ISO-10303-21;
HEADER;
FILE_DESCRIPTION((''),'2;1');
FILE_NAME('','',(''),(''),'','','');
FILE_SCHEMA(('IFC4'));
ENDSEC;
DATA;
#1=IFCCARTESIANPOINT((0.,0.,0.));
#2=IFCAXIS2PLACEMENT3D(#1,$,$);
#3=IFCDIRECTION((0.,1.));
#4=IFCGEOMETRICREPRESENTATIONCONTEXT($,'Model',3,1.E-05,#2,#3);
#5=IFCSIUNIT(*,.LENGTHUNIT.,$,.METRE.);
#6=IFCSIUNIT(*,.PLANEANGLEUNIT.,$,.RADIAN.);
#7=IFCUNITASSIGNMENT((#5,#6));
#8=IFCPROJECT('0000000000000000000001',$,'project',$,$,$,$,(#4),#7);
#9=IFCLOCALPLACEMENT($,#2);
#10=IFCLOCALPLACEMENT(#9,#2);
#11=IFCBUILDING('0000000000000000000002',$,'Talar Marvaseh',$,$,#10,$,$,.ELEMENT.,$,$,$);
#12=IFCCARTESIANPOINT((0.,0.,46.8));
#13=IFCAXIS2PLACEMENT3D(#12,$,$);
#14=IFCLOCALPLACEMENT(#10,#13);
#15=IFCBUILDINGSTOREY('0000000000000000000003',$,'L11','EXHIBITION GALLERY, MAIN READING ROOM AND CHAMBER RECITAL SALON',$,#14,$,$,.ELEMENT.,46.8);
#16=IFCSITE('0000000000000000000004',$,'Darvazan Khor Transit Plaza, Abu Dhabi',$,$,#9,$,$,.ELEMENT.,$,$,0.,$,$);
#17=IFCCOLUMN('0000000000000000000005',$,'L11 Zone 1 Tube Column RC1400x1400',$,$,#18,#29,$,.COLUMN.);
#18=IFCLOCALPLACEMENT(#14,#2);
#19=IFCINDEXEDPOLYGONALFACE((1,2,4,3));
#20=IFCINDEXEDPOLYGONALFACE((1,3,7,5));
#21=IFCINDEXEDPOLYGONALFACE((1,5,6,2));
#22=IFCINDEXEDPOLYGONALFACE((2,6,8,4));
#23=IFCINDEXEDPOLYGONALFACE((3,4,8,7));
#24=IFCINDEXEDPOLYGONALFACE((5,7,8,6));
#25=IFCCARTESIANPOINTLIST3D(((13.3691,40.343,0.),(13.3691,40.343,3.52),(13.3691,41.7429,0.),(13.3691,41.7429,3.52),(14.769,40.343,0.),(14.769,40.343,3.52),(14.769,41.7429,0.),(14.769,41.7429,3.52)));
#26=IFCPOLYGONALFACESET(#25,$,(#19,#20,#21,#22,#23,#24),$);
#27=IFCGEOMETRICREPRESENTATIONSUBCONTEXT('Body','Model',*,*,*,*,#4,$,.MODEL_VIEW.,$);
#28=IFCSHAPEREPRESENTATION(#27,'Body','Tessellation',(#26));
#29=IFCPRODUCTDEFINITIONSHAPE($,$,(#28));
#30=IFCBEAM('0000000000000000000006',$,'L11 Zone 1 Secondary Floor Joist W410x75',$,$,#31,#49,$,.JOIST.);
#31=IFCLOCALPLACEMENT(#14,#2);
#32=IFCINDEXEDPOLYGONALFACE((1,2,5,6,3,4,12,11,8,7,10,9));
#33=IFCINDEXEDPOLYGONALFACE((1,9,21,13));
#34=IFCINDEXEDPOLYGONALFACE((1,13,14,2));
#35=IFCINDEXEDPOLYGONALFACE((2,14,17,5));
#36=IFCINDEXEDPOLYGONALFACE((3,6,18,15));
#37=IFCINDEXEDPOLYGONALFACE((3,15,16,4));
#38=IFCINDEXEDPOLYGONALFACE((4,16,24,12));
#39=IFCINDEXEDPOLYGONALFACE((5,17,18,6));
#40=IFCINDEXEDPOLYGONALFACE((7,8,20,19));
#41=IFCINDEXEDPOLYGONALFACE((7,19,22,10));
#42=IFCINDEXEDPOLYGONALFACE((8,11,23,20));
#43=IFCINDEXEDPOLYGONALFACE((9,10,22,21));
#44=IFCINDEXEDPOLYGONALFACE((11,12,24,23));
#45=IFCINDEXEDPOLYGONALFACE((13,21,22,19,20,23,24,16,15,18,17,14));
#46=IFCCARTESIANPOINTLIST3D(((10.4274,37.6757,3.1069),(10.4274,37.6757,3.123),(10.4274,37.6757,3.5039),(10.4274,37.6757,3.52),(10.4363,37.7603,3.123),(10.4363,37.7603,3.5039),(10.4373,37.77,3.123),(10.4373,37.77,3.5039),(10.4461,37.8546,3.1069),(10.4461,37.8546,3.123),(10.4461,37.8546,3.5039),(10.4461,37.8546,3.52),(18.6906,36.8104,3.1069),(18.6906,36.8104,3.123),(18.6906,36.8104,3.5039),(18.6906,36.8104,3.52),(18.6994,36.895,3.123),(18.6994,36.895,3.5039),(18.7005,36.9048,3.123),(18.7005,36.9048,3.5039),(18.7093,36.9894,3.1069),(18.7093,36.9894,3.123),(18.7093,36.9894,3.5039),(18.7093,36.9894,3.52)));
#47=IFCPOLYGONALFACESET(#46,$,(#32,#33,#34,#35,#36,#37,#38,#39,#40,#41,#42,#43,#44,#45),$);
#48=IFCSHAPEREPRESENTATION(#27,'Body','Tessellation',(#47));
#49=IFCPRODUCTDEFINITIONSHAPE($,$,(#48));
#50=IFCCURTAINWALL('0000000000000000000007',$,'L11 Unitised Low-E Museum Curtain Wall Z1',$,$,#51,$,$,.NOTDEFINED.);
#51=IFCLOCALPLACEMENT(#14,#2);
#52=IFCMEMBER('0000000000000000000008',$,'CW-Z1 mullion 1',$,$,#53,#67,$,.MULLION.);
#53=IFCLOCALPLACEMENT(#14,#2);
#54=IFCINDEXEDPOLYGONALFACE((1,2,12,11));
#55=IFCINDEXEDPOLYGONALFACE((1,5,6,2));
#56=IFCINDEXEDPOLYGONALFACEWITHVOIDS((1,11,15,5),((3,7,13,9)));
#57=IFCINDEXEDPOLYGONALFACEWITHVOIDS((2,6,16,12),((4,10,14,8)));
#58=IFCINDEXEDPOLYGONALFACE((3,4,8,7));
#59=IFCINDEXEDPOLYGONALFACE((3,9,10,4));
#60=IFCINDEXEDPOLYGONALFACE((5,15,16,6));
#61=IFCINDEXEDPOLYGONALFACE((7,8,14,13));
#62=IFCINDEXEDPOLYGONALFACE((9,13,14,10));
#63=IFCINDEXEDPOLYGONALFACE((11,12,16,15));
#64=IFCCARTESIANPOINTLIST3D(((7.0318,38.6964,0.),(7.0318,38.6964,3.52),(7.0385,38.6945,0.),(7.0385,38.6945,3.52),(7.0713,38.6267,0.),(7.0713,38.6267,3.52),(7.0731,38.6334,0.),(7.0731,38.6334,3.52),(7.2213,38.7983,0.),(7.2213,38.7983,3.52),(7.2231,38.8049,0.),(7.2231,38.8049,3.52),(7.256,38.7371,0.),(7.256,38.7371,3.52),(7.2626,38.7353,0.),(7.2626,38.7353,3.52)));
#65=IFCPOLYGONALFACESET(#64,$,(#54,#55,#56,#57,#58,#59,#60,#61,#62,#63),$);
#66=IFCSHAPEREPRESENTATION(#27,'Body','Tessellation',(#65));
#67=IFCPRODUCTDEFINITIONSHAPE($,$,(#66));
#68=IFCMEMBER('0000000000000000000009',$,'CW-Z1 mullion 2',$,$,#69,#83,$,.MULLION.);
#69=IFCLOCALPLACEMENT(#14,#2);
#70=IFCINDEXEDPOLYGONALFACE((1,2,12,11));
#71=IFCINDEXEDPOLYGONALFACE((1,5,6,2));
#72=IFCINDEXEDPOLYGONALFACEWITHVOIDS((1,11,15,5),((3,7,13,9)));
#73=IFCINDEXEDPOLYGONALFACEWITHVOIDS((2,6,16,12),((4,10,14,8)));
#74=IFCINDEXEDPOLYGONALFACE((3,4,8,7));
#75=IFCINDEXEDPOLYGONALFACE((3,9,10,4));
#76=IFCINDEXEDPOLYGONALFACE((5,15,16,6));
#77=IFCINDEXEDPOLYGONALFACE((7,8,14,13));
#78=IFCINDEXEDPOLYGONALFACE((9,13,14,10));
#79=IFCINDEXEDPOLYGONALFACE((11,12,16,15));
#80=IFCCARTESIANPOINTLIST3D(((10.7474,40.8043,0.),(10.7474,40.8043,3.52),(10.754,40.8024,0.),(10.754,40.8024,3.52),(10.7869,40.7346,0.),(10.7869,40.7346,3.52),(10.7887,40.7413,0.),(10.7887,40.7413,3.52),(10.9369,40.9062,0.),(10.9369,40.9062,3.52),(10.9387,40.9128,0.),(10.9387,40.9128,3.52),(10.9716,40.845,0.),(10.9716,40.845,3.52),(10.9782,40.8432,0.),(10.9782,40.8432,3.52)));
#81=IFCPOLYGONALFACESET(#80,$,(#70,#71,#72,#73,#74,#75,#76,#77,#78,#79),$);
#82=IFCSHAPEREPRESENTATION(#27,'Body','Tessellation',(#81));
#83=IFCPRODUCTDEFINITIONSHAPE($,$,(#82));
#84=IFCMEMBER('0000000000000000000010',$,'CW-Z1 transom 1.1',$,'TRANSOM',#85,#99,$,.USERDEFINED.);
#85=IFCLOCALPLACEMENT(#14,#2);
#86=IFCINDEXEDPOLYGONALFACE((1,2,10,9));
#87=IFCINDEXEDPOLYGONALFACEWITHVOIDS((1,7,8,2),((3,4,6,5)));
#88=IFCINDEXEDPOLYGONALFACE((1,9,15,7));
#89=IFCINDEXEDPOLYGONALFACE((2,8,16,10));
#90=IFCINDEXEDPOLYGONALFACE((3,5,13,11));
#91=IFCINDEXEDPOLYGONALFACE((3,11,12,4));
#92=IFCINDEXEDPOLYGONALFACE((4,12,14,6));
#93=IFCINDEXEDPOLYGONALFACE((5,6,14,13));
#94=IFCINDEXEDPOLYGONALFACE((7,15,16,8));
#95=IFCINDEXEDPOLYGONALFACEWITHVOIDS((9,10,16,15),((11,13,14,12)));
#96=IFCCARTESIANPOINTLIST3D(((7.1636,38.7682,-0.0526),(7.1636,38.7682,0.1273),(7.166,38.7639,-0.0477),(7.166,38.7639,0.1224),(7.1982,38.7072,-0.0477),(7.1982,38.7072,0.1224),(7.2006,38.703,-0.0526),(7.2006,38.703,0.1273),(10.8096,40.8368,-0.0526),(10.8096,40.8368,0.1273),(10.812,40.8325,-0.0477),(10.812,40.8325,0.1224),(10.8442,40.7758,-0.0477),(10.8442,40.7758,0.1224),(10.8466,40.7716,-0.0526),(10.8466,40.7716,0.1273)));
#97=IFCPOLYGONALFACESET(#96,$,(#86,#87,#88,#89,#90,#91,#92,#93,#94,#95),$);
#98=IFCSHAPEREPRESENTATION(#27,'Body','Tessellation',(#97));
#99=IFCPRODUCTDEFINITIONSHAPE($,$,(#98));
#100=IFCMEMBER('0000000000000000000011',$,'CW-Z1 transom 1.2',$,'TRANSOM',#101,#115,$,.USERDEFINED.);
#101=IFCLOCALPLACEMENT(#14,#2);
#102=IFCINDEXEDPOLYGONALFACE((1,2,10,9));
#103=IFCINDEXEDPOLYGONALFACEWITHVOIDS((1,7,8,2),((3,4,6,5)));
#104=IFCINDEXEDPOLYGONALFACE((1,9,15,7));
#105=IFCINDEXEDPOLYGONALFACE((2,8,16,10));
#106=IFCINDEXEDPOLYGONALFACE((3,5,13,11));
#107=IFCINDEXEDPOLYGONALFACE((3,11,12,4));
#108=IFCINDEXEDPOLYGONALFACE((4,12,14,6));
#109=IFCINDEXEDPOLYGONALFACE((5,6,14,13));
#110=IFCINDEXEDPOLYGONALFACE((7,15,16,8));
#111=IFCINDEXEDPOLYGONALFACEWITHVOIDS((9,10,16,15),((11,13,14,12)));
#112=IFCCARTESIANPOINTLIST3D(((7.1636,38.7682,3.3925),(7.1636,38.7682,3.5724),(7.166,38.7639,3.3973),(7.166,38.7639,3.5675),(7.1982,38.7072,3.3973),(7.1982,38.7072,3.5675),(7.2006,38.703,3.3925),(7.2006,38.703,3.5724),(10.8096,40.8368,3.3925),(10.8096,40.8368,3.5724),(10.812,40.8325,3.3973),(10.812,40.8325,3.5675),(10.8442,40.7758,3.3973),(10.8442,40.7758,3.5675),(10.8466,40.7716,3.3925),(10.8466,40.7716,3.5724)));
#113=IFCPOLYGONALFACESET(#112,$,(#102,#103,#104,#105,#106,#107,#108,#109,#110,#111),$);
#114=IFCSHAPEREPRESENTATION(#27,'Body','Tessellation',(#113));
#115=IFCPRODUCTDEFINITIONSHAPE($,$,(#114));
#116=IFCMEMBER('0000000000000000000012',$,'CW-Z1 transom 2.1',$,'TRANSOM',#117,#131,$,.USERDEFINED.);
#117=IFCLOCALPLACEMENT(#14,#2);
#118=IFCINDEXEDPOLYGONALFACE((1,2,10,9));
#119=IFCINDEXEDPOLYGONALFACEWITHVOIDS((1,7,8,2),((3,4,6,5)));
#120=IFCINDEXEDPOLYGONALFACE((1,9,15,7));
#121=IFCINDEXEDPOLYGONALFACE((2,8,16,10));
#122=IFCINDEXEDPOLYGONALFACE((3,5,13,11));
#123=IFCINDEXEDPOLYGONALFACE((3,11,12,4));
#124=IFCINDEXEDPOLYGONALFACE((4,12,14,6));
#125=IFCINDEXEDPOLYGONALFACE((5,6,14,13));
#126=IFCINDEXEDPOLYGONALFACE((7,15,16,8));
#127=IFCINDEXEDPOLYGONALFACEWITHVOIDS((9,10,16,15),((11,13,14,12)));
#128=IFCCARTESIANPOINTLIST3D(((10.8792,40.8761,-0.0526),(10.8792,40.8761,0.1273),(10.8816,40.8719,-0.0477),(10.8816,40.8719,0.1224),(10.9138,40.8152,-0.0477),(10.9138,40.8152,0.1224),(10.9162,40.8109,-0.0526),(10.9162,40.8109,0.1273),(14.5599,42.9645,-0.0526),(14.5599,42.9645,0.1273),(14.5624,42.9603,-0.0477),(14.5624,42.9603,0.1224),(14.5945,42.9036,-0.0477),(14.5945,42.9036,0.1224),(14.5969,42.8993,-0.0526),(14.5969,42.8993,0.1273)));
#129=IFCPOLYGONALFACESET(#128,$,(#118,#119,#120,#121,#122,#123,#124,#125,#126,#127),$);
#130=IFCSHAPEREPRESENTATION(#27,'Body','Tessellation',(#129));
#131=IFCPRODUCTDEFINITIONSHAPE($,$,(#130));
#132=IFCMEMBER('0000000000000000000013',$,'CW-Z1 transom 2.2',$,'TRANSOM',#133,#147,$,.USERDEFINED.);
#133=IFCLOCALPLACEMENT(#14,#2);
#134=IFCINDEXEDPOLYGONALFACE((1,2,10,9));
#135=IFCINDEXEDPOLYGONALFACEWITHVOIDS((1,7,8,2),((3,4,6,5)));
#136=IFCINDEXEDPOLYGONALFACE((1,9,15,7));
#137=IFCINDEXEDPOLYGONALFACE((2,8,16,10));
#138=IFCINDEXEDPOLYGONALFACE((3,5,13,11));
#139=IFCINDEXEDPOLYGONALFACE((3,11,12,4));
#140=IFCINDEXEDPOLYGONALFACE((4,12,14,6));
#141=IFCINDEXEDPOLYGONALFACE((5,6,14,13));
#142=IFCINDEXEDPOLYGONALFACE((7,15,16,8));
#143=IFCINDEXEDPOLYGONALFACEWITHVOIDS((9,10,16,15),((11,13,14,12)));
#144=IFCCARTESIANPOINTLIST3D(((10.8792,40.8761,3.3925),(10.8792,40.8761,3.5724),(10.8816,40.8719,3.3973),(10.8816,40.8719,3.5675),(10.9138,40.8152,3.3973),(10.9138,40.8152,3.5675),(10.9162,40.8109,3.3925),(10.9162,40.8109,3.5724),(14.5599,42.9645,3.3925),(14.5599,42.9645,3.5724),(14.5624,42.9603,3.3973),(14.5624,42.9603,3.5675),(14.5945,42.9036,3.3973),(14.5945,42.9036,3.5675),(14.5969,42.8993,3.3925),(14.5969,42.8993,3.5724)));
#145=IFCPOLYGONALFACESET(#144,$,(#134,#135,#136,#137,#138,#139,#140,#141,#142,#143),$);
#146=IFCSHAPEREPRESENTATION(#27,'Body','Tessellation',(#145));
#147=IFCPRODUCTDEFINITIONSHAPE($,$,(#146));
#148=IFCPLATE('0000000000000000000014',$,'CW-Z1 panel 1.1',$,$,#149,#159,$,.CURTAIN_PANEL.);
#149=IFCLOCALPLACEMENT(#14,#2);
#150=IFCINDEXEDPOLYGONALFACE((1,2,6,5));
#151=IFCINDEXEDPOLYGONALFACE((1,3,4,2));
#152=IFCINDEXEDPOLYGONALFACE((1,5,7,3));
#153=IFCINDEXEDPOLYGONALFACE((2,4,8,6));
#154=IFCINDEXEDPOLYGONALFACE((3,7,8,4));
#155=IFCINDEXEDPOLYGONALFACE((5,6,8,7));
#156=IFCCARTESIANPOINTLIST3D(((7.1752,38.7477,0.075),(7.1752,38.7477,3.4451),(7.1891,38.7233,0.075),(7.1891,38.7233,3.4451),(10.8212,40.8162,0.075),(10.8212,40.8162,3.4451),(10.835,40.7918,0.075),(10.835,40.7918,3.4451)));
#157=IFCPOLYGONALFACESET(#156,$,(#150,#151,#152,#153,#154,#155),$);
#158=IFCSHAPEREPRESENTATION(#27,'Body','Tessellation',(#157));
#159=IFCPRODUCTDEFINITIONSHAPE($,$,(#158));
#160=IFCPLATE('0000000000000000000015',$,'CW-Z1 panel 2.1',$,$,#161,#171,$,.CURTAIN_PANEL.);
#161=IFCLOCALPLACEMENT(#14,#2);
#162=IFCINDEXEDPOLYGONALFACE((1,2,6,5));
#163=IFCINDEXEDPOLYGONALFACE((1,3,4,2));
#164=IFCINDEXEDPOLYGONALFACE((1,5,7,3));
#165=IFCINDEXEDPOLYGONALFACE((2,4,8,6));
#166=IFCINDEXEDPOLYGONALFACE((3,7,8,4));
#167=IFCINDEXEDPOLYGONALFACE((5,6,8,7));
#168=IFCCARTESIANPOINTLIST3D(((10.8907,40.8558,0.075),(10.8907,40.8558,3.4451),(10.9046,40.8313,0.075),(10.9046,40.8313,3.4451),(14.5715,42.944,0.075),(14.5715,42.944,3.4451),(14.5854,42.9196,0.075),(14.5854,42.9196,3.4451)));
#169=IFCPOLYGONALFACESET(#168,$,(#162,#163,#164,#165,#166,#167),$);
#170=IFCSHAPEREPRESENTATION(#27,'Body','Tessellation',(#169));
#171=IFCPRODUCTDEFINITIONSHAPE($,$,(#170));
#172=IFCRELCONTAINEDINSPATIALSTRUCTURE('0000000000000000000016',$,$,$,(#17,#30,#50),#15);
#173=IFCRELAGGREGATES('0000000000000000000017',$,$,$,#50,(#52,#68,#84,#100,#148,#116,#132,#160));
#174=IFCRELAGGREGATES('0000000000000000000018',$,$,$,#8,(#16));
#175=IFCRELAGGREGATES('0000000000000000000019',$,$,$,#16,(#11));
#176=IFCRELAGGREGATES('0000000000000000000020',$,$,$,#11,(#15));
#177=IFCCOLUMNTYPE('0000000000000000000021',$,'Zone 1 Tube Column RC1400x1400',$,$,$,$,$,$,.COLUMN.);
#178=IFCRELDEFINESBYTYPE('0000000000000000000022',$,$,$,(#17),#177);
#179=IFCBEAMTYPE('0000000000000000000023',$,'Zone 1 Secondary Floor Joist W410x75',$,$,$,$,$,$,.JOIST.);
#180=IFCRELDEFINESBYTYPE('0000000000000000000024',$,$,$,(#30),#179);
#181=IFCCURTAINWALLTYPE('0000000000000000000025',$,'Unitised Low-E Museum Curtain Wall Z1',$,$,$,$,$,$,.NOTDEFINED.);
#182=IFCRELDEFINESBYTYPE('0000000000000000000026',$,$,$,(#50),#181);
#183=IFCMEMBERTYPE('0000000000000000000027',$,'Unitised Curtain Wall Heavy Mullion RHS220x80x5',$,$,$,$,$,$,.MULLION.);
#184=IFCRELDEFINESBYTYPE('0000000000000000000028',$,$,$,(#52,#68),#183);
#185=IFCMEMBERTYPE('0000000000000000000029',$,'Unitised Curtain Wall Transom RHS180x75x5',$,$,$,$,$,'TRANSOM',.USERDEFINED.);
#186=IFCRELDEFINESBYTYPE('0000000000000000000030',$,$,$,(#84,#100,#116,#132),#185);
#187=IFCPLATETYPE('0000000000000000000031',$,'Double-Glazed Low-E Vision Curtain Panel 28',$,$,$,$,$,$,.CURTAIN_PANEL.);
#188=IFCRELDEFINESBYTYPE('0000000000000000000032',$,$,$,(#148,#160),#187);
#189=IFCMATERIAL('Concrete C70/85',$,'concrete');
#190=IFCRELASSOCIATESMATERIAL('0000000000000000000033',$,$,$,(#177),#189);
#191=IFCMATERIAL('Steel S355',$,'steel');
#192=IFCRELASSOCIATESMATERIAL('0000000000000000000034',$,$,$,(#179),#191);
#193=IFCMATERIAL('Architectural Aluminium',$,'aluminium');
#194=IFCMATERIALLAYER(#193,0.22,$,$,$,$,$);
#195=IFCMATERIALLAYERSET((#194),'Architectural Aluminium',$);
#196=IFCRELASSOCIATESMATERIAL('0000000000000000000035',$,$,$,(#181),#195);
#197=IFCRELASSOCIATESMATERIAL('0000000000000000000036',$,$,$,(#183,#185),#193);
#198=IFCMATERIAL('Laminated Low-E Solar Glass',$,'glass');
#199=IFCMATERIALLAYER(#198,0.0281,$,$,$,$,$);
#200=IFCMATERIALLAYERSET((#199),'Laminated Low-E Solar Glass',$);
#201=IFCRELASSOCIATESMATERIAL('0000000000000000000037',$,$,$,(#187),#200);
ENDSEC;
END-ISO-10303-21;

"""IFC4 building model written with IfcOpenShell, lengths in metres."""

from ifc_helpers import new_model, si_unit, direction, frame, origin, origin_2d, place, context, subcontext, project, spatial, rectangle, hollow_rectangle, i_section, extrude, source, transform, mapped, material, layer, layer_set, material_profile, profile_set, type_object, type_shapes, element, aggregate, save


model = new_model("IFC4")

# Units and contexts
model_context = context("Model", 3, precision=1e-05, world=origin(), true_north=direction((0.0, 1.0)))
body_context = subcontext(model_context, "Body", "Model", "MODEL_VIEW")
ifc_project = project(units=[si_unit("LENGTHUNIT", "METRE"), si_unit("PLANEANGLEUNIT", "RADIAN")], contexts=[model_context])

# Site, building, storey
site_placement = place(None, origin())
site = spatial("IfcSite", under=ifc_project, at=site_placement, Name="Darvazan Khor Transit Plaza, Abu Dhabi", CompositionType="ELEMENT", RefElevation=0.0)
building_placement = place(site_placement, origin())
building = spatial("IfcBuilding", under=site, at=building_placement, Name="Talar Marvaseh", CompositionType="ELEMENT")
storey_placement = place(building_placement, frame((0.0, 0.0, 46.8)))
storey = spatial("IfcBuildingStorey", under=building, at=storey_placement, Name="L11", Description="EXHIBITION GALLERY, MAIN READING ROOM AND CHAMBER RECITAL SALON", CompositionType="ELEMENT", Elevation=46.8)

# Column
ifc_material_1 = material(Name="Concrete C70/85", Category="concrete")
ifc_material_profile_1 = material_profile(ifc_material_1, rectangle(XDim=1.3999, YDim=1.3999, at=origin_2d()), Name="RC1400x1400")
ifc_profile_set_1 = profile_set([ifc_material_profile_1], Name="Concrete C70/85")
column_type = type_object("IfcColumnType", Name="Zone 1 Tube Column RC1400x1400", PredefinedType="COLUMN", material=ifc_profile_set_1)
column_placement = place(storey_placement, frame((14.0691, 41.043, 0.0), z_axis=(0.0, 0.0, 1.0), x_axis=(1.0, 0.0, 0.0)))
element("IfcColumn", 1, at=column_placement, inside=storey, type_object=column_type, Name="L11 Zone 1 Tube Column RC1400x1400", PredefinedType="COLUMN", context=body_context, shape_type="SweptSolid", body=[
    extrude(rectangle(XDim=1.3999, YDim=1.3999, at=origin_2d()), origin(), (0.0, 0.0, 1.0), 3.52),
])

# Beam
ifc_material_2 = material(Name="Steel S355", Category="steel")
ifc_material_profile_2 = material_profile(ifc_material_2, i_section(OverallWidth=0.1799, OverallDepth=0.4131, WebThickness=0.0098, FlangeThickness=0.0161, at=origin_2d()), Name="W410x75")
ifc_profile_set_2 = profile_set([ifc_material_profile_2], Name="Steel S355")
beam_type = type_object("IfcBeamType", Name="Zone 1 Secondary Floor Joist W410x75", PredefinedType="JOIST", material=ifc_profile_set_2)
beam_placement = place(storey_placement, frame((10.4368, 37.7651, 3.3135), z_axis=(0.994563, -0.10414, 0.0), x_axis=(0.10414, 0.994563, 0.0)))
element("IfcBeam", 2, at=beam_placement, inside=storey, type_object=beam_type, Name="L11 Zone 1 Secondary Floor Joist W410x75", PredefinedType="JOIST", context=body_context, shape_type="SweptSolid", body=[
    extrude(i_section(OverallWidth=0.1799, OverallDepth=0.4131, WebThickness=0.0098, FlangeThickness=0.0161, at=origin_2d()), origin(), (0.0, 0.0, 1.0), 8.3083),
])

# Curtain wall, members, plates
ifc_material_3 = material(Name="Architectural Aluminium", Category="aluminium")
ifc_layer_1 = layer(ifc_material_3, 0.22)
ifc_layer_set_1 = layer_set([ifc_layer_1], Name="Architectural Aluminium")
curtain_wall_type = type_object("IfcCurtainWallType", Name="Unitised Low-E Museum Curtain Wall Z1", PredefinedType="NOTDEFINED", material=ifc_layer_set_1)
curtain_wall_placement = place(storey_placement, origin())
curtain_wall = element("IfcCurtainWall", 3, at=curtain_wall_placement, inside=storey, type_object=curtain_wall_type, Name="L11 Unitised Low-E Museum Curtain Wall Z1", PredefinedType="NOTDEFINED")
ifc_material_profile_3 = material_profile(ifc_material_3, hollow_rectangle(XDim=0.0801, YDim=0.22, WallThickness=0.0049, at=origin_2d()), Name="RHS220x80x5")
ifc_profile_set_3 = profile_set([ifc_material_profile_3], Name="Architectural Aluminium")
member_type_1 = type_object("IfcMemberType", Name="Unitised Curtain Wall Heavy Mullion RHS220x80x5", PredefinedType="MULLION", material=ifc_profile_set_3)
shared_shape_1 = source(origin(), body_context, "Body", "SweptSolid", [
    extrude(hollow_rectangle(XDim=0.0801, YDim=0.22, WallThickness=0.0049, at=origin_2d()), origin(), (0.0, 0.0, 1.0), 3.52),
])
type_shapes(member_type_1, [shared_shape_1])
member_1_placement = place(storey_placement, frame((7.1472, 38.7158, 0.0), z_axis=(0.0, 0.0, 1.0), x_axis=(-0.493456, 0.869771, 0.0)))
member_1 = element("IfcMember", 4, at=member_1_placement, type_object=member_type_1, Name="CW-Z1 mullion 1", PredefinedType="MULLION", context=body_context, shape_type="MappedRepresentation", body=[
    mapped(shared_shape_1, transform((0.0, 0.0, 0.0), x_axis=(1.0, 0.0, 0.0), y_axis=(0.0, 1.0, 0.0), z_axis=(0.0, 0.0, 1.0), scale=1.0)),
])
member_2_placement = place(storey_placement, frame((10.8628, 40.8237, 0.0), z_axis=(0.0, 0.0, 1.0), x_axis=(-0.493456, 0.869771, 0.0)))
member_2 = element("IfcMember", 5, at=member_2_placement, type_object=member_type_1, Name="CW-Z1 mullion 2", PredefinedType="MULLION", context=body_context, shape_type="MappedRepresentation", body=[
    mapped(shared_shape_1, transform((0.0, 0.0, 0.0), x_axis=(1.0, 0.0, 0.0), y_axis=(0.0, 1.0, 0.0), z_axis=(0.0, 0.0, 1.0), scale=1.0)),
])
ifc_material_profile_4 = material_profile(ifc_material_3, hollow_rectangle(XDim=0.075, YDim=0.1799, WallThickness=0.0049, at=origin_2d()), Name="RHS180x75x5")
ifc_profile_set_4 = profile_set([ifc_material_profile_4], Name="Architectural Aluminium")
member_type_2 = type_object("IfcMemberType", Name="Unitised Curtain Wall Transom RHS180x75x5", ElementType="TRANSOM", PredefinedType="USERDEFINED", material=ifc_profile_set_4)
shared_shape_2 = source(origin(), body_context, "Body", "SweptSolid", [
    extrude(hollow_rectangle(XDim=0.075, YDim=0.1799, WallThickness=0.0049, at=origin_2d()), origin(), (0.0, 0.0, 1.0), 4.1919),
])
member_3_placement = place(storey_placement, frame((7.1821, 38.7356, 0.0374), z_axis=(0.869762, 0.493471, 0.0), x_axis=(-0.493471, 0.869762, 0.0)))
member_3 = element("IfcMember", 6, at=member_3_placement, type_object=member_type_2, Name="CW-Z1 transom 1.1", ObjectType="TRANSOM", PredefinedType="USERDEFINED", context=body_context, shape_type="MappedRepresentation", body=[
    mapped(shared_shape_2, transform((0.0, 0.0, 0.0), x_axis=(1.0, 0.0, 0.0), y_axis=(0.0, 1.0, 0.0), z_axis=(0.0, 0.0, 1.0), scale=1.0)),
])
member_4_placement = place(storey_placement, frame((7.1821, 38.7356, 3.4824), z_axis=(0.869762, 0.493471, 0.0), x_axis=(-0.493471, 0.869762, 0.0)))
member_4 = element("IfcMember", 7, at=member_4_placement, type_object=member_type_2, Name="CW-Z1 transom 1.2", ObjectType="TRANSOM", PredefinedType="USERDEFINED", context=body_context, shape_type="MappedRepresentation", body=[
    mapped(shared_shape_2, transform((0.0, 0.0, 0.0), x_axis=(1.0, 0.0, 0.0), y_axis=(0.0, 1.0, 0.0), z_axis=(0.0, 0.0, 1.0), scale=1.0)),
])
shared_shape_3 = source(origin(), body_context, "Body", "SweptSolid", [
    extrude(hollow_rectangle(XDim=0.075, YDim=0.1799, WallThickness=0.0049, at=origin_2d()), origin(), (0.0, 0.0, 1.0), 4.2319),
])
type_shapes(member_type_2, [shared_shape_2, shared_shape_3])
member_5_placement = place(storey_placement, frame((10.8977, 40.8435, 0.0374), z_axis=(0.869752, 0.49349, 0.0), x_axis=(-0.49349, 0.869752, 0.0)))
member_5 = element("IfcMember", 8, at=member_5_placement, type_object=member_type_2, Name="CW-Z1 transom 2.1", ObjectType="TRANSOM", PredefinedType="USERDEFINED", context=body_context, shape_type="MappedRepresentation", body=[
    mapped(shared_shape_3, transform((0.0, 0.0, 0.0), x_axis=(1.0, 0.0, 0.0), y_axis=(0.0, 1.0, 0.0), z_axis=(0.0, 0.0, 1.0), scale=1.0)),
])
member_6_placement = place(storey_placement, frame((10.8977, 40.8435, 3.4824), z_axis=(0.869752, 0.49349, 0.0), x_axis=(-0.49349, 0.869752, 0.0)))
member_6 = element("IfcMember", 9, at=member_6_placement, type_object=member_type_2, Name="CW-Z1 transom 2.2", ObjectType="TRANSOM", PredefinedType="USERDEFINED", context=body_context, shape_type="MappedRepresentation", body=[
    mapped(shared_shape_3, transform((0.0, 0.0, 0.0), x_axis=(1.0, 0.0, 0.0), y_axis=(0.0, 1.0, 0.0), z_axis=(0.0, 0.0, 1.0), scale=1.0)),
])
ifc_material_4 = material(Name="Laminated Low-E Solar Glass", Category="glass")
ifc_layer_2 = layer(ifc_material_4, 0.0281)
ifc_layer_set_2 = layer_set([ifc_layer_2], Name="Laminated Low-E Solar Glass")
plate_type = type_object("IfcPlateType", Name="Double-Glazed Low-E Vision Curtain Panel 28", PredefinedType="CURTAIN_PANEL", material=ifc_layer_set_2)
shared_shape_4 = source(origin(), body_context, "Body", "SweptSolid", [
    extrude(rectangle(XDim=4.1919, YDim=0.0281, at=origin_2d()), origin(), (0.0, 0.0, 1.0), 3.3701),
])
plate_1_placement = place(storey_placement, frame((9.0051, 39.7698, 0.075), z_axis=(0.0, 0.0, 1.0), x_axis=(0.869771, 0.493456, 0.0)))
plate_1 = element("IfcPlate", 10, at=plate_1_placement, type_object=plate_type, Name="CW-Z1 panel 1.1", PredefinedType="CURTAIN_PANEL", context=body_context, shape_type="MappedRepresentation", body=[
    mapped(shared_shape_4, transform((0.0, 0.0, 0.0), x_axis=(1.0, 0.0, 0.0), y_axis=(0.0, 1.0, 0.0), z_axis=(0.0, 0.0, 1.0), scale=1.0)),
])
shared_shape_5 = source(origin(), body_context, "Body", "SweptSolid", [
    extrude(rectangle(XDim=4.2319, YDim=0.0281, at=origin_2d()), origin(), (0.0, 0.0, 1.0), 3.3701),
])
type_shapes(plate_type, [shared_shape_4, shared_shape_5])
plate_2_placement = place(storey_placement, frame((12.738, 41.8877, 0.075), z_axis=(0.0, 0.0, 1.0), x_axis=(0.869771, 0.493456, 0.0)))
plate_2 = element("IfcPlate", 11, at=plate_2_placement, type_object=plate_type, Name="CW-Z1 panel 2.1", PredefinedType="CURTAIN_PANEL", context=body_context, shape_type="MappedRepresentation", body=[
    mapped(shared_shape_5, transform((0.0, 0.0, 0.0), x_axis=(1.0, 0.0, 0.0), y_axis=(0.0, 1.0, 0.0), z_axis=(0.0, 0.0, 1.0), scale=1.0)),
])
aggregate(curtain_wall, [member_1, member_2, member_3, member_4, plate_1, member_5, member_6, plate_2])

save(model, "model.ifc")
